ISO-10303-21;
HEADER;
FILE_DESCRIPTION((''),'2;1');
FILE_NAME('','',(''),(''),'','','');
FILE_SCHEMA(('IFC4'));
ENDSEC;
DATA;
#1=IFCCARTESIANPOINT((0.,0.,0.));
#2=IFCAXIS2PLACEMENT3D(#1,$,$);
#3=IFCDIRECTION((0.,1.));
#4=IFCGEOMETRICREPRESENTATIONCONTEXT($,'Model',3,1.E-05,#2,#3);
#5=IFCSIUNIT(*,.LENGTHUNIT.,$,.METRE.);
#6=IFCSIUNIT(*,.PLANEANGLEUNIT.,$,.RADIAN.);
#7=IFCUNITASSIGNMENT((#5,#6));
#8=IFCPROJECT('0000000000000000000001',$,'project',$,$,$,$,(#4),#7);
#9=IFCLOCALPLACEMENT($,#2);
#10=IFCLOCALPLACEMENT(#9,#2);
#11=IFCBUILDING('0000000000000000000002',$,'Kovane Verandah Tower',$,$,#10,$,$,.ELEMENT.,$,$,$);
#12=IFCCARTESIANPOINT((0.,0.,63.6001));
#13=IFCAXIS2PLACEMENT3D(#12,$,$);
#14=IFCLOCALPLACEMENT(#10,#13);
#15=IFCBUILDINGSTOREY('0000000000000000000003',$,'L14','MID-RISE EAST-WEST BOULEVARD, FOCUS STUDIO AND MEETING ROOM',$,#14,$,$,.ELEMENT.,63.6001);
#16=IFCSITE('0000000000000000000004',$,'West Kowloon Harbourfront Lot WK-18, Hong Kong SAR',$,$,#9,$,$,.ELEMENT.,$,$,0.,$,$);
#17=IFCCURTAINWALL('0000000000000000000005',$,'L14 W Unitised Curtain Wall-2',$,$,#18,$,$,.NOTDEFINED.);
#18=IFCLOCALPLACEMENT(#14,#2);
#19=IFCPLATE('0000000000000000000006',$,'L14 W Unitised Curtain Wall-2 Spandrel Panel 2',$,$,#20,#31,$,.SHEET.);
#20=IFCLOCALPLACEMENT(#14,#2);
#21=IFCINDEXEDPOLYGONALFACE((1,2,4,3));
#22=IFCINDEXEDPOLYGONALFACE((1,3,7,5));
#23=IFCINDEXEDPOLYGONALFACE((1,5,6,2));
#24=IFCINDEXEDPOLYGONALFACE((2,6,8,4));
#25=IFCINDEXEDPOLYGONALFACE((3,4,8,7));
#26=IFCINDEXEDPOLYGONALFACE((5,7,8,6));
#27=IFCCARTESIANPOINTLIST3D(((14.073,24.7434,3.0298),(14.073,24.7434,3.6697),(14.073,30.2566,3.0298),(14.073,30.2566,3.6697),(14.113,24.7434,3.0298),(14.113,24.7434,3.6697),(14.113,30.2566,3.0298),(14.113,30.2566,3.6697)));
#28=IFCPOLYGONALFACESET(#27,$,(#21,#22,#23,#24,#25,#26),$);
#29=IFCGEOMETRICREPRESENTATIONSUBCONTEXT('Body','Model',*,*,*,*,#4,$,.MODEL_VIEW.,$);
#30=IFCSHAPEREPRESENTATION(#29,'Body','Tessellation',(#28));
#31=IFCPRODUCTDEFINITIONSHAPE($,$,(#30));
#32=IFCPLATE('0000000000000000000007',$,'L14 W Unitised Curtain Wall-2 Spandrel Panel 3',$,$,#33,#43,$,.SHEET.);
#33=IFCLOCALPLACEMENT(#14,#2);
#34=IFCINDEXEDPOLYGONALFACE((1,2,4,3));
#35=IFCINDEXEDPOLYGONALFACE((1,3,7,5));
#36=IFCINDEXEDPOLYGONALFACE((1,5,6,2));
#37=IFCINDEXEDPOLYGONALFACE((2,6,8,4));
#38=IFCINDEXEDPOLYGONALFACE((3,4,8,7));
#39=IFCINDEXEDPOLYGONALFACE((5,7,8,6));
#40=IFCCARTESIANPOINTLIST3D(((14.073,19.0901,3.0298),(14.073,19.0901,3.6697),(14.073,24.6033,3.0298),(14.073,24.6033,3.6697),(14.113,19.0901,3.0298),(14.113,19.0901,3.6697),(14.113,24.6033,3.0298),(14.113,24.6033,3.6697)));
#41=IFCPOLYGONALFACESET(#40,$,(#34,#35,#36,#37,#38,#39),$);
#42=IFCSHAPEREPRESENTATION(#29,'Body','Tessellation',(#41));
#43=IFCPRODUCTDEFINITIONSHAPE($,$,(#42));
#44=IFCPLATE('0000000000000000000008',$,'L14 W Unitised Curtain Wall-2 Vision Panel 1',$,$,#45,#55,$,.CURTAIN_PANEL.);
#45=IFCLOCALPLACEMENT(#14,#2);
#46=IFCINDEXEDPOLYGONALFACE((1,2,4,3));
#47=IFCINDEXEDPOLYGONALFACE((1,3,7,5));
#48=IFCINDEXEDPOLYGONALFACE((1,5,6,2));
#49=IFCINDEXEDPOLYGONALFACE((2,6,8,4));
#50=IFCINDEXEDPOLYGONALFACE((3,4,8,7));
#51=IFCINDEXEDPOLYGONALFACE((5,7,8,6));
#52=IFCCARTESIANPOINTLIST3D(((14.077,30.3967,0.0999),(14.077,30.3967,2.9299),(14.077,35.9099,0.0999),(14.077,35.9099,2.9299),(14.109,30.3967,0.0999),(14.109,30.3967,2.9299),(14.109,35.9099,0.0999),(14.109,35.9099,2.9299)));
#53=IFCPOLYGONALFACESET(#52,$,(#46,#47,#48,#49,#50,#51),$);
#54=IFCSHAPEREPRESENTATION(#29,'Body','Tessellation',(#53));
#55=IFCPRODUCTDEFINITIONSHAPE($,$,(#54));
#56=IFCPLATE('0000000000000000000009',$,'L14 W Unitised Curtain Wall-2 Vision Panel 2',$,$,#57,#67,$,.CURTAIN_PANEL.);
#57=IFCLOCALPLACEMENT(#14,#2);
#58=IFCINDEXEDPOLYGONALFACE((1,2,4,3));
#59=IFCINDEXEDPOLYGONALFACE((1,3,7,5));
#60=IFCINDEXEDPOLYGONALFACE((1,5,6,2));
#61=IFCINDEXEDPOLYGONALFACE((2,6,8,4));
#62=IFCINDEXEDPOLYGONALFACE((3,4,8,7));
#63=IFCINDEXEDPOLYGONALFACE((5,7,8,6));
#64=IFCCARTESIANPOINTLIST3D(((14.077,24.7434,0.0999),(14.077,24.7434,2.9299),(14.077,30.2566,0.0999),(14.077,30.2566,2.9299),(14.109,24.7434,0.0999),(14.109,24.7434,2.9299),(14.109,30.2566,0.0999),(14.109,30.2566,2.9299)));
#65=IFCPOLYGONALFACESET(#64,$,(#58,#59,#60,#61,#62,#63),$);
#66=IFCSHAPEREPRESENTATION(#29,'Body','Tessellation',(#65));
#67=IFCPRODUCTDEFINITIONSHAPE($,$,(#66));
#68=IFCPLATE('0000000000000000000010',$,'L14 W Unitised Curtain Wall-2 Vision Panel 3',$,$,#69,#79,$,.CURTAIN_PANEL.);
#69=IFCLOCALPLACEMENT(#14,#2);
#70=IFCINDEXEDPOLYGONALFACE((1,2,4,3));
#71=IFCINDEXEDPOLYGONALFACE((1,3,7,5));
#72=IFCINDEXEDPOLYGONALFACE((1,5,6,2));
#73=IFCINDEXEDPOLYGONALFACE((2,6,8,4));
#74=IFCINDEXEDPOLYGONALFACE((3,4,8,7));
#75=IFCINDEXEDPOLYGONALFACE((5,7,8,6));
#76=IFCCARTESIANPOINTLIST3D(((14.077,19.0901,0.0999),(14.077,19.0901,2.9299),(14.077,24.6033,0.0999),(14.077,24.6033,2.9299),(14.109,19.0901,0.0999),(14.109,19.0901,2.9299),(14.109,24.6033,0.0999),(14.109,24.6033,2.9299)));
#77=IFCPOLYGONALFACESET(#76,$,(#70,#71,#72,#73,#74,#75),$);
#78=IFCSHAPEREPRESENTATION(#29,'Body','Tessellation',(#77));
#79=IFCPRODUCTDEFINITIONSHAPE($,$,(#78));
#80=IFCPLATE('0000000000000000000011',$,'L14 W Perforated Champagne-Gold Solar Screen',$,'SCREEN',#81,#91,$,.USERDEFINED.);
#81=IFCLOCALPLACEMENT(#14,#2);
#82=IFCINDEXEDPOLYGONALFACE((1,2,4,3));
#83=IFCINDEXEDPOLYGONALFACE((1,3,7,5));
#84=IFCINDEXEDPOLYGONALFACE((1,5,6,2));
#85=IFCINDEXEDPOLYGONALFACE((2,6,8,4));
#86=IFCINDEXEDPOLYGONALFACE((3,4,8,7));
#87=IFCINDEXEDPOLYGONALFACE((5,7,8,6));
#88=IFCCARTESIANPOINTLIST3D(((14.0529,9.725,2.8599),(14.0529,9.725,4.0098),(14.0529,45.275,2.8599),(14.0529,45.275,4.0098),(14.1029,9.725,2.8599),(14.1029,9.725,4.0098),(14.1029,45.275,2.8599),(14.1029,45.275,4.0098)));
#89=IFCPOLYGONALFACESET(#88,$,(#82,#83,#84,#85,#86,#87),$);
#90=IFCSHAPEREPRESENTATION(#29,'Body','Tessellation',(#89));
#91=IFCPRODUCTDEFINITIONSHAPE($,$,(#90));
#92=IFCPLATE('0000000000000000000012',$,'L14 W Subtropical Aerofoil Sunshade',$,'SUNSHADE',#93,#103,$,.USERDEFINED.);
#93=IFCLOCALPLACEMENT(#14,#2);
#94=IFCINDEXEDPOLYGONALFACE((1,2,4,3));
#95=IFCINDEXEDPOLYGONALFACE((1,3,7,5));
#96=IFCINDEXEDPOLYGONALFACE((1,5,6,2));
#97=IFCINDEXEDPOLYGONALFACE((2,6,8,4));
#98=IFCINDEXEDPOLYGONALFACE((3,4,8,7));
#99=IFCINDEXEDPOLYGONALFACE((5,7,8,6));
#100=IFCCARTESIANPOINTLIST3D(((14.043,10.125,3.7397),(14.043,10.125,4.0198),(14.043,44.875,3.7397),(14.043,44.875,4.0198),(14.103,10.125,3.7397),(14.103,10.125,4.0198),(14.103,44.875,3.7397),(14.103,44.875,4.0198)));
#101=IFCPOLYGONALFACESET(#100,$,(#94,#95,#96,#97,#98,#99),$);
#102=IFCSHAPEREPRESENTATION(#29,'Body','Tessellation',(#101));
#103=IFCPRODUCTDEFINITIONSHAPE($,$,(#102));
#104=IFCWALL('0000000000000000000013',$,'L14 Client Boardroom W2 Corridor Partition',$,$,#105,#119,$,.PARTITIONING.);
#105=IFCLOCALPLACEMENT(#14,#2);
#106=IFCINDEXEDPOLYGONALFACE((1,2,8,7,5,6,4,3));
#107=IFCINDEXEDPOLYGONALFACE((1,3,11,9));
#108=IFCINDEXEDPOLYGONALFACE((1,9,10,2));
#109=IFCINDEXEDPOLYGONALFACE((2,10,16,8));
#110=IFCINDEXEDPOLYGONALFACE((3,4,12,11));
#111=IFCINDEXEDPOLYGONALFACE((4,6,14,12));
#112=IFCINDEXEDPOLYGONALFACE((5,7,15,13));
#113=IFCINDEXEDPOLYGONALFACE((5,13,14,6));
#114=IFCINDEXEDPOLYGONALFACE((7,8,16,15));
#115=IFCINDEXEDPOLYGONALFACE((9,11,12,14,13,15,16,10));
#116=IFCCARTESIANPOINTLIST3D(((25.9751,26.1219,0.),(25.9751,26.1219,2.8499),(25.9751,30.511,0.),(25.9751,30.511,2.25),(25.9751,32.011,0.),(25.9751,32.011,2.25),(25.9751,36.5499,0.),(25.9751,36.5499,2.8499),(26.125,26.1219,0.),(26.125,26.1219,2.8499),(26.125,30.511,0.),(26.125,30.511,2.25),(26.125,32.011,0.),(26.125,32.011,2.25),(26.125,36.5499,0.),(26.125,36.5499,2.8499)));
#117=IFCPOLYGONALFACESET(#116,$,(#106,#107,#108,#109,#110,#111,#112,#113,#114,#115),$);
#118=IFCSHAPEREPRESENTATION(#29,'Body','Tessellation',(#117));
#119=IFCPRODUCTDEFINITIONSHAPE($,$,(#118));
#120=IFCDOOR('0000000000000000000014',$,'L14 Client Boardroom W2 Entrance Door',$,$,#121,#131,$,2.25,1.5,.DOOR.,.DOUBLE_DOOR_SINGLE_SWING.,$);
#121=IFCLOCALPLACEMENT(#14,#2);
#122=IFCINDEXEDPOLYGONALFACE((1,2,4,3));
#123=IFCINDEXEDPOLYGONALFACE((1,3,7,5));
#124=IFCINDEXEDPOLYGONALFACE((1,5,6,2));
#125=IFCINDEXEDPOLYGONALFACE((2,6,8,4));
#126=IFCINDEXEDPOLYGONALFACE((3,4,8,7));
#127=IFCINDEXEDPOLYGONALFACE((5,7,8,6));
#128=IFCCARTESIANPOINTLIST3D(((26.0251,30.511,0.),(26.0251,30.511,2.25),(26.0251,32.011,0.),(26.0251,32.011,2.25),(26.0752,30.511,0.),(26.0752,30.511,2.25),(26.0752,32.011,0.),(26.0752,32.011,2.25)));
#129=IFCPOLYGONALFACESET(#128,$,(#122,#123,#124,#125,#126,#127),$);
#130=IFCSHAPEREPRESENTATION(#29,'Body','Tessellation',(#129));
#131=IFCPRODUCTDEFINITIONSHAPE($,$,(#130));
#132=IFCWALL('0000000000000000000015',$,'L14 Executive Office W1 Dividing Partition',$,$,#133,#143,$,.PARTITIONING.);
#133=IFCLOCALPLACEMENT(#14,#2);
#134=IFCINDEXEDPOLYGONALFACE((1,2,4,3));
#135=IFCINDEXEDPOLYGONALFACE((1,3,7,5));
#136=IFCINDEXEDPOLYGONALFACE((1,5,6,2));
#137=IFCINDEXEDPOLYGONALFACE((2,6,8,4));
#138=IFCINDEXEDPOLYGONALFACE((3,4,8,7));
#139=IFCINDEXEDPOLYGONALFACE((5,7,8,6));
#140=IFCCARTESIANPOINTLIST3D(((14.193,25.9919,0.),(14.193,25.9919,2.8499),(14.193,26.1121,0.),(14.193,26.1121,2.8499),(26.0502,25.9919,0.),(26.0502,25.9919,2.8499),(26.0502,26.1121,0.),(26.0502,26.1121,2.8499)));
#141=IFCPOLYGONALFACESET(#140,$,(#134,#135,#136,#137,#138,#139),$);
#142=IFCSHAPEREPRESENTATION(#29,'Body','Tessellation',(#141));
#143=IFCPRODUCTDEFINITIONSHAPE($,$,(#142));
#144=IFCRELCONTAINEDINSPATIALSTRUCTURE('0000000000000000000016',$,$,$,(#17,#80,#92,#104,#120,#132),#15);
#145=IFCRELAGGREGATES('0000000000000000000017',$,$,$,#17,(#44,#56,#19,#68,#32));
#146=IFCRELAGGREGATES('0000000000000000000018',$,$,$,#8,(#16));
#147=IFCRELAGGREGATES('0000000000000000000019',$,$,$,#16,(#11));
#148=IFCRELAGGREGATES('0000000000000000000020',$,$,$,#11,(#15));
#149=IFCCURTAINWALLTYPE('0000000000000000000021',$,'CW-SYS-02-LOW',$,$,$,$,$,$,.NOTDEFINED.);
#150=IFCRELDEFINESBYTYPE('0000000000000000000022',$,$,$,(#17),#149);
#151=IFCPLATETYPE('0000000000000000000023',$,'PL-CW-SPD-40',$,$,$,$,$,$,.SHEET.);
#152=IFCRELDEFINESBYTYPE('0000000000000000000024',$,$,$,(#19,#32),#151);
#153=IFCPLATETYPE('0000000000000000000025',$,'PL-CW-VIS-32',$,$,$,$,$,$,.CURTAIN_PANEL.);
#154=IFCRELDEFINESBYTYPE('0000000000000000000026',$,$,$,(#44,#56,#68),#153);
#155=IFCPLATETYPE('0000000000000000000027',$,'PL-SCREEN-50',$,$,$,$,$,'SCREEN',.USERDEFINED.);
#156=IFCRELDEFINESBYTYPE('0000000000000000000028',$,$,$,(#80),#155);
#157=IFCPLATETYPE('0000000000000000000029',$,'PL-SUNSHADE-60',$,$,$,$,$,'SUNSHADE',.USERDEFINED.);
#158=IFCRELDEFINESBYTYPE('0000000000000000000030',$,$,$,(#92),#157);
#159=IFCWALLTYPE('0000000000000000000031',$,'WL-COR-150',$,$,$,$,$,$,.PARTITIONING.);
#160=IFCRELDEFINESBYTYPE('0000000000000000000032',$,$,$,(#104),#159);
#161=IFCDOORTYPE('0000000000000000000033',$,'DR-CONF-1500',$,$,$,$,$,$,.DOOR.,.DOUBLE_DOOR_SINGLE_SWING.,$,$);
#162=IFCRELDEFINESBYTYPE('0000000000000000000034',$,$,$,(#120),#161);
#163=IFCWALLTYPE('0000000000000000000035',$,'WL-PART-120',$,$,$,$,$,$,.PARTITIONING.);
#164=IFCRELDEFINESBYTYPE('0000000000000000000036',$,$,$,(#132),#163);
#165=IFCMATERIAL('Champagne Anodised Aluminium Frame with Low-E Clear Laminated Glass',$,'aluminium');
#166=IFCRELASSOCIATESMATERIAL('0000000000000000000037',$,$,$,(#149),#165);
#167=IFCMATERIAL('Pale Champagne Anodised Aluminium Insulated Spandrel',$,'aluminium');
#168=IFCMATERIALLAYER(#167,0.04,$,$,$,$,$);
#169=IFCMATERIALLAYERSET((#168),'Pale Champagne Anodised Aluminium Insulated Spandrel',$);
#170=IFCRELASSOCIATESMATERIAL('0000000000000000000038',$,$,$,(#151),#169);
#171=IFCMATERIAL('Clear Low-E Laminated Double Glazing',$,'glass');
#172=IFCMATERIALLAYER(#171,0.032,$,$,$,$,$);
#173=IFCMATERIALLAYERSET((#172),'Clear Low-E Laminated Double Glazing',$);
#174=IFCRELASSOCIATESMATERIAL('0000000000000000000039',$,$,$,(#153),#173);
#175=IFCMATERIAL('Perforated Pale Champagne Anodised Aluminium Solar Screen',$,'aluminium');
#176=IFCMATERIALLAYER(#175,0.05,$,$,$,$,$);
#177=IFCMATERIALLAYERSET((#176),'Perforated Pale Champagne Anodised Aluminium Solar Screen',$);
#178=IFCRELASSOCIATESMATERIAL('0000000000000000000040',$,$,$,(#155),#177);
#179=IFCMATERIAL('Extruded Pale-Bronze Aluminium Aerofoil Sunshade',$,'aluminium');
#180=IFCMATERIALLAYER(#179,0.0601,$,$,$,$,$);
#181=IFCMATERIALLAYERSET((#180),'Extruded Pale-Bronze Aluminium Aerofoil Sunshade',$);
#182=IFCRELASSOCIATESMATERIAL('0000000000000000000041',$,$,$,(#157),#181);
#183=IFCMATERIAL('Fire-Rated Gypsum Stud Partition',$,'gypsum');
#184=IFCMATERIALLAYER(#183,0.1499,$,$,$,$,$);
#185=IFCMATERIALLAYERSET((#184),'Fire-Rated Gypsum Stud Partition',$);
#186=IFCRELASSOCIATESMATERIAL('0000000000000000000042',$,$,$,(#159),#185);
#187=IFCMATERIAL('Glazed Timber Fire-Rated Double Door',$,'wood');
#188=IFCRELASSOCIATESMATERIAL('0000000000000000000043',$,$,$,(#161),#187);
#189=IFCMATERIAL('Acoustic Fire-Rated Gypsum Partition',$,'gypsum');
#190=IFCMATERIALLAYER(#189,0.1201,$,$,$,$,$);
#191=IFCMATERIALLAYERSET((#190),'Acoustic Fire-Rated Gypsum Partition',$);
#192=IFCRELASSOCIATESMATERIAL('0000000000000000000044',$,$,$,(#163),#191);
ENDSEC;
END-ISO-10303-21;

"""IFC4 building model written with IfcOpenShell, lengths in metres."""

from ifc_helpers import new_model, si_unit, direction, frame, frame_2d, origin, origin_2d, place, context, subcontext, project, spatial, rectangle, extrude, material, layer, layer_set, type_object, element, fill, aggregate, save


model = new_model("IFC4")

# Units and contexts
model_context = context("Model", 3, precision=1e-05, world=origin(), true_north=direction((0.0, 1.0)))
body_context = subcontext(model_context, "Body", "Model", "MODEL_VIEW")
ifc_project = project(units=[si_unit("LENGTHUNIT", "METRE"), si_unit("PLANEANGLEUNIT", "RADIAN")], contexts=[model_context])

# Site, building, storey
site_placement = place(None, origin())
site = spatial("IfcSite", under=ifc_project, at=site_placement, Name="West Kowloon Harbourfront Lot WK-18, Hong Kong SAR", CompositionType="ELEMENT", RefElevation=0.0)
building_placement = place(site_placement, origin())
building = spatial("IfcBuilding", under=site, at=building_placement, Name="Kovane Verandah Tower", CompositionType="ELEMENT")
storey_placement = place(building_placement, frame((0.0, 0.0, 63.6001)))
storey = spatial("IfcBuildingStorey", under=building, at=storey_placement, Name="L14", Description="MID-RISE EAST-WEST BOULEVARD, FOCUS STUDIO AND MEETING ROOM", CompositionType="ELEMENT", Elevation=63.6001)

# Curtain wall, plates
ifc_material_1 = material(Name="Champagne Anodised Aluminium Frame with Low-E Clear Laminated Glass", Category="aluminium")
curtain_wall_type = type_object("IfcCurtainWallType", Name="CW-SYS-02-LOW", PredefinedType="NOTDEFINED", material=ifc_material_1)
curtain_wall_placement = place(storey_placement, origin())
curtain_wall = element("IfcCurtainWall", 1, at=curtain_wall_placement, inside=storey, type_object=curtain_wall_type, Name="L14 W Unitised Curtain Wall-2", PredefinedType="NOTDEFINED")
ifc_material_2 = material(Name="Pale Champagne Anodised Aluminium Insulated Spandrel", Category="aluminium")
ifc_layer_1 = layer(ifc_material_2, 0.04)
ifc_layer_set_1 = layer_set([ifc_layer_1], Name="Pale Champagne Anodised Aluminium Insulated Spandrel")
plate_type_1 = type_object("IfcPlateType", Name="PL-CW-SPD-40", PredefinedType="SHEET", material=ifc_layer_set_1)
plate_1_placement = place(storey_placement, frame((14.093, 27.5, 3.0298), z_axis=(0.0, 0.0, 1.0), x_axis=(0.0, -1.0, 0.0)))
plate_1 = element("IfcPlate", 2, at=plate_1_placement, type_object=plate_type_1, Name="L14 W Unitised Curtain Wall-2 Spandrel Panel 2", PredefinedType="SHEET", context=body_context, shape_type="SweptSolid", body=[
    extrude(rectangle(XDim=5.5132, YDim=0.04, at=origin_2d()), origin(), (0.0, 0.0, 1.0), 0.6399),
])
plate_2_placement = place(storey_placement, frame((14.093, 21.8467, 3.0298), z_axis=(0.0, 0.0, 1.0), x_axis=(0.0, -1.0, 0.0)))
plate_2 = element("IfcPlate", 3, at=plate_2_placement, type_object=plate_type_1, Name="L14 W Unitised Curtain Wall-2 Spandrel Panel 3", PredefinedType="SHEET", context=body_context, shape_type="SweptSolid", body=[
    extrude(rectangle(XDim=5.5132, YDim=0.04, at=origin_2d()), origin(), (0.0, 0.0, 1.0), 0.6399),
])
ifc_material_3 = material(Name="Clear Low-E Laminated Double Glazing", Category="glass")
ifc_layer_2 = layer(ifc_material_3, 0.032)
ifc_layer_set_2 = layer_set([ifc_layer_2], Name="Clear Low-E Laminated Double Glazing")
plate_type_2 = type_object("IfcPlateType", Name="PL-CW-VIS-32", PredefinedType="CURTAIN_PANEL", material=ifc_layer_set_2)
plate_3_placement = place(storey_placement, frame((14.093, 33.1533, 0.0999), z_axis=(0.0, 0.0, 1.0), x_axis=(0.0, -1.0, 0.0)))
plate_3 = element("IfcPlate", 4, at=plate_3_placement, type_object=plate_type_2, Name="L14 W Unitised Curtain Wall-2 Vision Panel 1", PredefinedType="CURTAIN_PANEL", context=body_context, shape_type="SweptSolid", body=[
    extrude(rectangle(XDim=5.5132, YDim=0.032, at=origin_2d()), origin(), (0.0, 0.0, 1.0), 2.8301),
])
plate_4_placement = place(storey_placement, frame((14.093, 27.5, 0.0999), z_axis=(0.0, 0.0, 1.0), x_axis=(0.0, -1.0, 0.0)))
plate_4 = element("IfcPlate", 5, at=plate_4_placement, type_object=plate_type_2, Name="L14 W Unitised Curtain Wall-2 Vision Panel 2", PredefinedType="CURTAIN_PANEL", context=body_context, shape_type="SweptSolid", body=[
    extrude(rectangle(XDim=5.5132, YDim=0.032, at=origin_2d()), origin(), (0.0, 0.0, 1.0), 2.8301),
])
plate_5_placement = place(storey_placement, frame((14.093, 21.8467, 0.0999), z_axis=(0.0, 0.0, 1.0), x_axis=(0.0, -1.0, 0.0)))
plate_5 = element("IfcPlate", 6, at=plate_5_placement, type_object=plate_type_2, Name="L14 W Unitised Curtain Wall-2 Vision Panel 3", PredefinedType="CURTAIN_PANEL", context=body_context, shape_type="SweptSolid", body=[
    extrude(rectangle(XDim=5.5132, YDim=0.032, at=origin_2d()), origin(), (0.0, 0.0, 1.0), 2.8301),
])
aggregate(curtain_wall, [plate_3, plate_4, plate_1, plate_5, plate_2])

# Plates
ifc_material_4 = material(Name="Perforated Pale Champagne Anodised Aluminium Solar Screen", Category="aluminium")
ifc_layer_3 = layer(ifc_material_4, 0.05)
ifc_layer_set_3 = layer_set([ifc_layer_3], Name="Perforated Pale Champagne Anodised Aluminium Solar Screen")
plate_type_3 = type_object("IfcPlateType", Name="PL-SCREEN-50", ElementType="SCREEN", PredefinedType="USERDEFINED", material=ifc_layer_set_3)
plate_6_placement = place(storey_placement, frame((14.0779, 27.5, 2.8599), z_axis=(0.0, 0.0, 1.0), x_axis=(0.0, -1.0, 0.0)))
element("IfcPlate", 7, at=plate_6_placement, inside=storey, type_object=plate_type_3, Name="L14 W Perforated Champagne-Gold Solar Screen", ObjectType="SCREEN", PredefinedType="USERDEFINED", context=body_context, shape_type="SweptSolid", body=[
    extrude(rectangle(XDim=35.55, YDim=0.05, at=origin_2d()), origin(), (0.0, 0.0, 1.0), 1.1499),
])
ifc_material_5 = material(Name="Extruded Pale-Bronze Aluminium Aerofoil Sunshade", Category="aluminium")
ifc_layer_4 = layer(ifc_material_5, 0.0601)
ifc_layer_set_4 = layer_set([ifc_layer_4], Name="Extruded Pale-Bronze Aluminium Aerofoil Sunshade")
plate_type_4 = type_object("IfcPlateType", Name="PL-SUNSHADE-60", ElementType="SUNSHADE", PredefinedType="USERDEFINED", material=ifc_layer_set_4)
plate_7_placement = place(storey_placement, frame((14.073, 27.5, 3.7397), z_axis=(0.0, 0.0, 1.0), x_axis=(0.0, -1.0, 0.0)))
element("IfcPlate", 8, at=plate_7_placement, inside=storey, type_object=plate_type_4, Name="L14 W Subtropical Aerofoil Sunshade", ObjectType="SUNSHADE", PredefinedType="USERDEFINED", context=body_context, shape_type="SweptSolid", body=[
    extrude(rectangle(XDim=34.75, YDim=0.0601, at=origin_2d()), origin(), (0.0, 0.0, 1.0), 0.28),
])

# Wall, opening, door
ifc_material_6 = material(Name="Fire-Rated Gypsum Stud Partition", Category="gypsum")
ifc_layer_5 = layer(ifc_material_6, 0.1499)
ifc_layer_set_5 = layer_set([ifc_layer_5], Name="Fire-Rated Gypsum Stud Partition")
wall_type_1 = type_object("IfcWallType", Name="WL-COR-150", PredefinedType="PARTITIONING", material=ifc_layer_set_5)
wall_1_placement = place(storey_placement, frame((26.05, 26.1221, 0.0), z_axis=(0.0, 0.0, 1.0), x_axis=(0.0, 1.0, 0.0)))
wall_1 = element("IfcWall", 9, at=wall_1_placement, inside=storey, type_object=wall_type_1, Name="L14 Client Boardroom W2 Corridor Partition", PredefinedType="PARTITIONING", context=body_context, shape_type="SweptSolid", body=[
    extrude(rectangle(XDim=10.428, YDim=0.1499, at=frame_2d((5.2139, 0.0))), origin(), (0.0, 0.0, 1.0), 2.8499),
])
opening_1_placement = place(wall_1_placement, frame((4.3889, 0.0, 0.0)))
opening_1 = element("IfcOpeningElement", 10, at=opening_1_placement, cuts=wall_1, PredefinedType="OPENING", context=body_context, shape_type="SweptSolid", body=[
    extrude(rectangle(XDim=1.5, YDim=2.25, at=frame_2d((0.75, 1.125))), frame((0.0, 0.075, 0.0), z_axis=(0.0, -1.0, 0.0), x_axis=(1.0, 0.0, 0.0)), (0.0, 0.0, 1.0), 0.1499),
])
ifc_material_7 = material(Name="Glazed Timber Fire-Rated Double Door", Category="wood")
door_type_1 = type_object("IfcDoorType", Name="DR-CONF-1500", OperationType="DOUBLE_DOOR_SINGLE_SWING", PredefinedType="DOOR", material=ifc_material_7)
door_1_placement = place(opening_1_placement, origin())
door_1 = element("IfcDoor", 11, at=door_1_placement, inside=storey, type_object=door_type_1, Name="L14 Client Boardroom W2 Entrance Door", OperationType="DOUBLE_DOOR_SINGLE_SWING", OverallHeight=2.25, OverallWidth=1.5, PredefinedType="DOOR", context=body_context, shape_type="SweptSolid", body=[
    extrude(rectangle(XDim=1.5, YDim=2.25, at=frame_2d((0.75, 1.125))), frame((0.0, 0.0249, 0.0), z_axis=(0.0, -1.0, 0.0), x_axis=(1.0, 0.0, 0.0)), (0.0, 0.0, 1.0), 0.05),
])
fill(opening_1, door_1)

# Wall
ifc_material_8 = material(Name="Acoustic Fire-Rated Gypsum Partition", Category="gypsum")
ifc_layer_6 = layer(ifc_material_8, 0.1201)
ifc_layer_set_6 = layer_set([ifc_layer_6], Name="Acoustic Fire-Rated Gypsum Partition")
wall_type_2 = type_object("IfcWallType", Name="WL-PART-120", PredefinedType="PARTITIONING", material=ifc_layer_set_6)
wall_2_placement = place(storey_placement, frame((14.1929, 26.052, 0.0), z_axis=(0.0, 0.0, 1.0), x_axis=(1.0, 0.0, 0.0)))
element("IfcWall", 12, at=wall_2_placement, inside=storey, type_object=wall_type_2, Name="L14 Executive Office W1 Dividing Partition", PredefinedType="PARTITIONING", context=body_context, shape_type="SweptSolid", body=[
    extrude(rectangle(XDim=11.8572, YDim=0.1201, at=frame_2d((5.9287, 0.0))), origin(), (0.0, 0.0, 1.0), 2.8499),
])

save(model, "model.ifc")
